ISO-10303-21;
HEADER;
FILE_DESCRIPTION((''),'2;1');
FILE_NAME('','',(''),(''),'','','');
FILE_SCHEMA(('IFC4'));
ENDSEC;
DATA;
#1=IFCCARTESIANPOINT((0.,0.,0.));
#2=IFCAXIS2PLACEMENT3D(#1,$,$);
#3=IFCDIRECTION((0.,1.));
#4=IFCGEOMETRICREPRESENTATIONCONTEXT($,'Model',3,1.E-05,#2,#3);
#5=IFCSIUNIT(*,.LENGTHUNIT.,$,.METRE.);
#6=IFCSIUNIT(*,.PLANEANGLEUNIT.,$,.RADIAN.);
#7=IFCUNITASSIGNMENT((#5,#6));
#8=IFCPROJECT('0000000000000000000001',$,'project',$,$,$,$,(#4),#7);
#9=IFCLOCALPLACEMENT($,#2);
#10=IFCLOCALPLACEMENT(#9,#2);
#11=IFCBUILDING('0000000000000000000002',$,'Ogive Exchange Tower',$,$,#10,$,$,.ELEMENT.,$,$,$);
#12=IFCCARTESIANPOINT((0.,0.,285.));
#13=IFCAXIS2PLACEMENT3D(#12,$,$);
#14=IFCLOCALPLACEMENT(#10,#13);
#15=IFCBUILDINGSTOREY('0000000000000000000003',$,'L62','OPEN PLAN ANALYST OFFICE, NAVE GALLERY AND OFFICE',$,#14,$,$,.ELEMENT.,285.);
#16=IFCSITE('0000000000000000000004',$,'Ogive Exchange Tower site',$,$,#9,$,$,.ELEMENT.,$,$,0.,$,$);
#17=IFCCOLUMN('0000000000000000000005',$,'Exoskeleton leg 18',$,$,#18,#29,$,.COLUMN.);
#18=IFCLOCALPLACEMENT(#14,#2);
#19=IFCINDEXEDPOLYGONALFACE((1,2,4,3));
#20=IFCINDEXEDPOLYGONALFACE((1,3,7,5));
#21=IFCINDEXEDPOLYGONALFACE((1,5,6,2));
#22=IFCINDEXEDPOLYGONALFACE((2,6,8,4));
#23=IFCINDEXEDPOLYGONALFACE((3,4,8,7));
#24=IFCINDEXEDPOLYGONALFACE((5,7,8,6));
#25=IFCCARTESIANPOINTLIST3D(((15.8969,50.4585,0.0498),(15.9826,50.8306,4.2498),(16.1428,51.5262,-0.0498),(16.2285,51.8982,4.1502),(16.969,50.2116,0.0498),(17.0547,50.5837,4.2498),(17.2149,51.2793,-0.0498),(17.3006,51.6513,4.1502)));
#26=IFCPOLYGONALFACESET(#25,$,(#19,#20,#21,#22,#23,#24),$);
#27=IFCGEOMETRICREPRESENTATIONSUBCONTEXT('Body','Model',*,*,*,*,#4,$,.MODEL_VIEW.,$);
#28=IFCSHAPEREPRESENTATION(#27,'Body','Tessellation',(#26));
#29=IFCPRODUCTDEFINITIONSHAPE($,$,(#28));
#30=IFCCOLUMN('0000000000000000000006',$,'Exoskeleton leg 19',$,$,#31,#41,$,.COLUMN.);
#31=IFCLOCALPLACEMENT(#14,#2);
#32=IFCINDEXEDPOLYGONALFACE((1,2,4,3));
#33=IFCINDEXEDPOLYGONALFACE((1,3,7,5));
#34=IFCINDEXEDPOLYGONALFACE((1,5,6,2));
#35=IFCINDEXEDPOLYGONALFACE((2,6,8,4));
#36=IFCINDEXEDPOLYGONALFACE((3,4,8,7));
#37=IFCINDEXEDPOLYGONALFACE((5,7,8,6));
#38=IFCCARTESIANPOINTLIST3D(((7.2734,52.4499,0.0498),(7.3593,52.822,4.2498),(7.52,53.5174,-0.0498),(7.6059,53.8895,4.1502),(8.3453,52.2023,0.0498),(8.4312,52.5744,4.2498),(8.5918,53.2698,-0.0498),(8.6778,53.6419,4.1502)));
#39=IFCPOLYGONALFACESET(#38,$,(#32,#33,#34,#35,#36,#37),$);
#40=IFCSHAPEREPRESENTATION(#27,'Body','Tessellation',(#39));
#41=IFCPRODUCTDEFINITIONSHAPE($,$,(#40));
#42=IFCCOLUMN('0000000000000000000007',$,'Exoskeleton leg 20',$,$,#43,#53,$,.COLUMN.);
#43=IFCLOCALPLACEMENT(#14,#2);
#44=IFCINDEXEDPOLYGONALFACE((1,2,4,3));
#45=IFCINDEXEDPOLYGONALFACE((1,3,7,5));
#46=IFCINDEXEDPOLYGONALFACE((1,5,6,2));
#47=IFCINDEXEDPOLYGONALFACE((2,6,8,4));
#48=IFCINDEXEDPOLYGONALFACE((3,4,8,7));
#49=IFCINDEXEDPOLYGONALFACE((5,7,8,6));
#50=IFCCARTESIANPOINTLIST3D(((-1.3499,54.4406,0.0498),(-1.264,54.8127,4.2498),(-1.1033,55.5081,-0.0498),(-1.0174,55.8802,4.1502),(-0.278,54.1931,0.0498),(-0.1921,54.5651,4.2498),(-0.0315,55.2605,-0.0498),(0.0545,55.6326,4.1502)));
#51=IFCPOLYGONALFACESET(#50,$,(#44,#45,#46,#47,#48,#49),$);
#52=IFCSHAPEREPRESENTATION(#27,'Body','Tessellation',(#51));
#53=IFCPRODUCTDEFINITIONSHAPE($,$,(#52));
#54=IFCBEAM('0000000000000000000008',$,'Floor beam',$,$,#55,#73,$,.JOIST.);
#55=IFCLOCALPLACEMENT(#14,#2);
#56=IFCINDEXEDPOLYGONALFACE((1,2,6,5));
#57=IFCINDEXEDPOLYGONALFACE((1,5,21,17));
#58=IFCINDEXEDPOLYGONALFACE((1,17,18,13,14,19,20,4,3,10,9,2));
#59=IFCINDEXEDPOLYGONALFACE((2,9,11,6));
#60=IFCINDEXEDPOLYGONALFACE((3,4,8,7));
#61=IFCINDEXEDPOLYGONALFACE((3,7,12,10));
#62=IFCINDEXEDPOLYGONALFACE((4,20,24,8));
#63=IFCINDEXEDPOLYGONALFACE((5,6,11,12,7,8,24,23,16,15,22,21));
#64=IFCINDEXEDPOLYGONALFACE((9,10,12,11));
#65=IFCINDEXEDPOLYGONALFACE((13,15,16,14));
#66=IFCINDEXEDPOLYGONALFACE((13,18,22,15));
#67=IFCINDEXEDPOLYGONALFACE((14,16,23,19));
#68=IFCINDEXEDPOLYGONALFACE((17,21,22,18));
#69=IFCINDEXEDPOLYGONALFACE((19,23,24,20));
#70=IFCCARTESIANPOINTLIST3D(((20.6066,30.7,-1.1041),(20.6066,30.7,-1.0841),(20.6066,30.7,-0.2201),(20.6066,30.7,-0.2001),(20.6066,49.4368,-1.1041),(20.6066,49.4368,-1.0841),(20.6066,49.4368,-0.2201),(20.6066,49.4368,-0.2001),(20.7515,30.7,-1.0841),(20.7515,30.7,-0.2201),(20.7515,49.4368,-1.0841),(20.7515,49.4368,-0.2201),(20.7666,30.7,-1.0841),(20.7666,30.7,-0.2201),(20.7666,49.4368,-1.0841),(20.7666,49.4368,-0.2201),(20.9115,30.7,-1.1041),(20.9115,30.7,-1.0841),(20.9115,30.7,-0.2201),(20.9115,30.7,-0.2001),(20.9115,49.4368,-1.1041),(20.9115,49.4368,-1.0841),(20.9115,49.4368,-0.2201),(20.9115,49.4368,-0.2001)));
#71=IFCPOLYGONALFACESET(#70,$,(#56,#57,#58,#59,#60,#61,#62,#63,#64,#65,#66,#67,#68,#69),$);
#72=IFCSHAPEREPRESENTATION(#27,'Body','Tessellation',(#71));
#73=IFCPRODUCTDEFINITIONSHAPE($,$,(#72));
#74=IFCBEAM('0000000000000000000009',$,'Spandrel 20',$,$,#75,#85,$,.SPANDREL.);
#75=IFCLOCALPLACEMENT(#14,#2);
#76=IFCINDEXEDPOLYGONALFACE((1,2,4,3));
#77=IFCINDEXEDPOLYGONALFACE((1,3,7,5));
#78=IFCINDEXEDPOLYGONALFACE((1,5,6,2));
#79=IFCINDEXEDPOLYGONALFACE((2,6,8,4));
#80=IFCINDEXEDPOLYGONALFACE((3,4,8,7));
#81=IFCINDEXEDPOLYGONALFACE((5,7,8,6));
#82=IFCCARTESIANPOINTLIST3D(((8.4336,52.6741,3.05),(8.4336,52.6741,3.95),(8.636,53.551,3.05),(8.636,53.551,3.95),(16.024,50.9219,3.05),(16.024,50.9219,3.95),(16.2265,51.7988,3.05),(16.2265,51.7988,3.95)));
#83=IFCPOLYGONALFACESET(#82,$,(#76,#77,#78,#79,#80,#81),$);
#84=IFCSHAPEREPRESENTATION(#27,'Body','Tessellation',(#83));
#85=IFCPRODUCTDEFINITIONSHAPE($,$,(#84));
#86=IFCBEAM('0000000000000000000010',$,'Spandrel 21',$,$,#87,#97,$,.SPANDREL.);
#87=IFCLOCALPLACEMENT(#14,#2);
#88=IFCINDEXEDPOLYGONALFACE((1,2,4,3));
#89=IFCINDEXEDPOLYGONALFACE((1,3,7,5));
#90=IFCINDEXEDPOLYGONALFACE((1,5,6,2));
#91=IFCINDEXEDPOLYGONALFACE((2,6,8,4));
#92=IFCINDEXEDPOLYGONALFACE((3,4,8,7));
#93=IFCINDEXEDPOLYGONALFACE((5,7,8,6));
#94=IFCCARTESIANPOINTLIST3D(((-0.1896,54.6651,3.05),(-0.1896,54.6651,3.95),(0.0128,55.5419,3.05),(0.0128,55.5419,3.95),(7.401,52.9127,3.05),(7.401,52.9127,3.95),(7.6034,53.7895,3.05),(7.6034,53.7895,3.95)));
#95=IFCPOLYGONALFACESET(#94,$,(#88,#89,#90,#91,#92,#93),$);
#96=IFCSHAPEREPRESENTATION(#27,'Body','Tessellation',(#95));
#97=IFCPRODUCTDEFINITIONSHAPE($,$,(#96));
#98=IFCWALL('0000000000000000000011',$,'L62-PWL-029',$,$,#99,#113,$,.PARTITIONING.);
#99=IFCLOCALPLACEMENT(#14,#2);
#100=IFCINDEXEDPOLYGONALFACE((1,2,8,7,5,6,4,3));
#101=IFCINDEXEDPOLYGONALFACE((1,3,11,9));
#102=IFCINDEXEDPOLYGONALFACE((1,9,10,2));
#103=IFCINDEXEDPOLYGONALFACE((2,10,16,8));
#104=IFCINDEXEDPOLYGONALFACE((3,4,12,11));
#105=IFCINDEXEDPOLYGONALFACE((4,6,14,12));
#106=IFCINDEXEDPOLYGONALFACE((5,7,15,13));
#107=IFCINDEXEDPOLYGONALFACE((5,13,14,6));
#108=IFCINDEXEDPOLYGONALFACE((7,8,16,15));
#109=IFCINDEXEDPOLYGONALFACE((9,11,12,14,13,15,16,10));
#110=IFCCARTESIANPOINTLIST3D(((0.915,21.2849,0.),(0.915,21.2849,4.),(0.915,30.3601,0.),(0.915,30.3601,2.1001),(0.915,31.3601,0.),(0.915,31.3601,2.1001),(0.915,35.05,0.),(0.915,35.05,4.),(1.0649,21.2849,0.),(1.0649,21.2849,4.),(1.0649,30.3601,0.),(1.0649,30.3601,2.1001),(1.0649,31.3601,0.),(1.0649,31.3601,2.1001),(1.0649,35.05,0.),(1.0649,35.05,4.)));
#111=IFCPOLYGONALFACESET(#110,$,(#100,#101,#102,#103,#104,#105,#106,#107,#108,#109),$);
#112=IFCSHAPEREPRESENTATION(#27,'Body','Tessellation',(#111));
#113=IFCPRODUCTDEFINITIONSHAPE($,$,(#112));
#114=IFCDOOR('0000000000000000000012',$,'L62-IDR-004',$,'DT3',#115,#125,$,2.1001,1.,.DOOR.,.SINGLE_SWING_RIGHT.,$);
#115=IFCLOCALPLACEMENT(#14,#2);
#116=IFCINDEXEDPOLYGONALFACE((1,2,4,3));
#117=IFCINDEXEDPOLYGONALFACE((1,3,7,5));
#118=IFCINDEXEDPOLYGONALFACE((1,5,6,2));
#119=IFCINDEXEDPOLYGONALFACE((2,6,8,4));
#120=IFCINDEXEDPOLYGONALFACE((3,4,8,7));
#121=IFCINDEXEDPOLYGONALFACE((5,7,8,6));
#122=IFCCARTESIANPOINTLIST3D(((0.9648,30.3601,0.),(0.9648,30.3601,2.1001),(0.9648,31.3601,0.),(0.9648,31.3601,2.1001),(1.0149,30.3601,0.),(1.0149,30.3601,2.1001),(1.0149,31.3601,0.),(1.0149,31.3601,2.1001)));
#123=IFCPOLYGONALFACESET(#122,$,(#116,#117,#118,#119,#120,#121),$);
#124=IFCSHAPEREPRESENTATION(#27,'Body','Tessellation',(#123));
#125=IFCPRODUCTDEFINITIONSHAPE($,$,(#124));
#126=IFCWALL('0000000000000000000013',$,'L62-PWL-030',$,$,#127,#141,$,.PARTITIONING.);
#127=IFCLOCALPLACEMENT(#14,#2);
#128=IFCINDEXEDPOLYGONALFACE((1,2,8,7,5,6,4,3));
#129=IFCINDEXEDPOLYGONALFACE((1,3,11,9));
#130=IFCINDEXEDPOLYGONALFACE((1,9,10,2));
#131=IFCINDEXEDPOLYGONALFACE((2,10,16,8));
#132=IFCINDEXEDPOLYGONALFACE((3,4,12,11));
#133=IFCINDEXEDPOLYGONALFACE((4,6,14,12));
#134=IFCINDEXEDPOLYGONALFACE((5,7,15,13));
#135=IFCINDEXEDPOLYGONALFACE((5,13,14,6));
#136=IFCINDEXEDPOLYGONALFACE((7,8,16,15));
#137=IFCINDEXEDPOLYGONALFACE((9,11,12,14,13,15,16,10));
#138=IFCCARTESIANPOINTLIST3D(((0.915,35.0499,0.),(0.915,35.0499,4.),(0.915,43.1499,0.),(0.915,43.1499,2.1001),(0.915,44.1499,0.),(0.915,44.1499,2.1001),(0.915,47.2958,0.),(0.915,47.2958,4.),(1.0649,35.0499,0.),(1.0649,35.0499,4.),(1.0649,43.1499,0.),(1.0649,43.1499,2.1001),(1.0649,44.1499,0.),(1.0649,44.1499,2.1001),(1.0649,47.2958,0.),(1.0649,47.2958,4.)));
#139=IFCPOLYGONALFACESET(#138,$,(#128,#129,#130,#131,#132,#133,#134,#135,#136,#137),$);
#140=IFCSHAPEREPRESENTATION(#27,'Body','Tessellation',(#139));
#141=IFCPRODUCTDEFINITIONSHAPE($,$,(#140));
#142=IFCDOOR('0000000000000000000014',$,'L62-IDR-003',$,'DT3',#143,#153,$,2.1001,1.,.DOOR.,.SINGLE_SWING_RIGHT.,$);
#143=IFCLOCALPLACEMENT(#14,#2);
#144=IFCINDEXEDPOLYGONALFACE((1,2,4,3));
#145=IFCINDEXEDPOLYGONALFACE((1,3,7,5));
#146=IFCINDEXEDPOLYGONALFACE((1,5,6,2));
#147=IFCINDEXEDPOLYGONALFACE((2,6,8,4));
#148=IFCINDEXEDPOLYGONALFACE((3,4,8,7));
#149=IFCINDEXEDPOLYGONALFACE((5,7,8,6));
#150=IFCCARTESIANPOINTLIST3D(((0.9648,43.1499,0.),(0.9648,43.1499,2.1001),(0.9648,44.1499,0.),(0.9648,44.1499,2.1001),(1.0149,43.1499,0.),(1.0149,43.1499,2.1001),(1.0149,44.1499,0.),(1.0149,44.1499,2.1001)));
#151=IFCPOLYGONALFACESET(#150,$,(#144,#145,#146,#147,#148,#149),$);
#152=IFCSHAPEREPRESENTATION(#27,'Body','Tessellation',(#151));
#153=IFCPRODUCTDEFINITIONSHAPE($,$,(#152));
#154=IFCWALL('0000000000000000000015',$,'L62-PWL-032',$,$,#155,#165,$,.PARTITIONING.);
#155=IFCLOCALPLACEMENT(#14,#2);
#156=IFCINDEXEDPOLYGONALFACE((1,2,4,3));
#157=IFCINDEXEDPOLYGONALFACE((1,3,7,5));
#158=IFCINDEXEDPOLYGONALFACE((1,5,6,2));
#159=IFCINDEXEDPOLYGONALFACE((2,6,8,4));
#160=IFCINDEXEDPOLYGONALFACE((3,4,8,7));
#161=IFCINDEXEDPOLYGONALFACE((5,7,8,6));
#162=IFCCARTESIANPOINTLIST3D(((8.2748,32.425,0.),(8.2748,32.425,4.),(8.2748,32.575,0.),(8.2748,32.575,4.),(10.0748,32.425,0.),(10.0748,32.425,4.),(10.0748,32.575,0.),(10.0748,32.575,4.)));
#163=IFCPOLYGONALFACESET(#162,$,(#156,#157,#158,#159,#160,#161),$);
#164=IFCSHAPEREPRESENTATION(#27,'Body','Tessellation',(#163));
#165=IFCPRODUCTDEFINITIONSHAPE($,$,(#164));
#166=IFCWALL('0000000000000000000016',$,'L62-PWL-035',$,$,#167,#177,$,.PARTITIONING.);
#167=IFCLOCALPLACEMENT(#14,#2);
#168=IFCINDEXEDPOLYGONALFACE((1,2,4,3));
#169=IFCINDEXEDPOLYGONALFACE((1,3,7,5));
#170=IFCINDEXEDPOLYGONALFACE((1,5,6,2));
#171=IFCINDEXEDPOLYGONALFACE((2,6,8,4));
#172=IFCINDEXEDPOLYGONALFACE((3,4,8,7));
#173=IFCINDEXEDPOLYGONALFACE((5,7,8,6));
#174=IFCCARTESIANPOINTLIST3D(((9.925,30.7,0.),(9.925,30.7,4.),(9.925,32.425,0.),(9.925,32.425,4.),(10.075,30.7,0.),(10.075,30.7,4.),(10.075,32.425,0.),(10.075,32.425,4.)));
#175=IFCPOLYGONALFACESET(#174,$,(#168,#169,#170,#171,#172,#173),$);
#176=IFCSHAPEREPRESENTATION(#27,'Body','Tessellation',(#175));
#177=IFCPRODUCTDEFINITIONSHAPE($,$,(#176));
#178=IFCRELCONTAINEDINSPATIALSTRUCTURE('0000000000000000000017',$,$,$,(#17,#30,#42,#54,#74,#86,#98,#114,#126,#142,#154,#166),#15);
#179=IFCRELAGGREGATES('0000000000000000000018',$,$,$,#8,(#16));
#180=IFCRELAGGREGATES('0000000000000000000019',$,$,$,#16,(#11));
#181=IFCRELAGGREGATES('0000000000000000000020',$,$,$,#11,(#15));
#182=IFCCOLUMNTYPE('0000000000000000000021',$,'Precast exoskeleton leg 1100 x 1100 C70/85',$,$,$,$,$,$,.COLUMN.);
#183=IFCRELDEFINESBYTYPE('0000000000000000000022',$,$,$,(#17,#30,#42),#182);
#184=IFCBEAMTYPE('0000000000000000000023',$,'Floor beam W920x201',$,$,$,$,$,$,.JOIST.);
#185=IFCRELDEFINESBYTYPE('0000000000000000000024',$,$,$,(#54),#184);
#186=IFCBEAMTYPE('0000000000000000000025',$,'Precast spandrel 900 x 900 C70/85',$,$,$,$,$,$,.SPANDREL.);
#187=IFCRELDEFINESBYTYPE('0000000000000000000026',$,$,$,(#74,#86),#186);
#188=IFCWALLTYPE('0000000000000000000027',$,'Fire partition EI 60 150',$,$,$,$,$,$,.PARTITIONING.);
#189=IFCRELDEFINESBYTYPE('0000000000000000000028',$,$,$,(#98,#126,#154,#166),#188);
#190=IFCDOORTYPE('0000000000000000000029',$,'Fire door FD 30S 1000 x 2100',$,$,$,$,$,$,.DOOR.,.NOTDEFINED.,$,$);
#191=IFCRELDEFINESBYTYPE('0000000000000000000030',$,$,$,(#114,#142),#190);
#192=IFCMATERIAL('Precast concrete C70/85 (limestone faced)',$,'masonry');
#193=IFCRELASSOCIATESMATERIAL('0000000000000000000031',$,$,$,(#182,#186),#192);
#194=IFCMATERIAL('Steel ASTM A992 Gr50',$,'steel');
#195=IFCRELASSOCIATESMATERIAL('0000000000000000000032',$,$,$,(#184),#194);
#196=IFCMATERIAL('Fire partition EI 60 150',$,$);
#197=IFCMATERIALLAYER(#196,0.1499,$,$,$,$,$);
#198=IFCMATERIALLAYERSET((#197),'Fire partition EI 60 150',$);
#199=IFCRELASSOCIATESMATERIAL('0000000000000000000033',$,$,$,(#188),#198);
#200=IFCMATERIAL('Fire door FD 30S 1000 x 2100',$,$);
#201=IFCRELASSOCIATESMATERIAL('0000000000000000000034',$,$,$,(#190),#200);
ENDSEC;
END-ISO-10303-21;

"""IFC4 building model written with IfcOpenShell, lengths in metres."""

from ifc_helpers import new_model, si_unit, direction, frame, frame_2d, origin, origin_2d, place, context, subcontext, project, spatial, rectangle, i_section, extrude, material, layer, layer_set, material_profile, profile_set, type_object, element, fill, save


model = new_model("IFC4")

# Units and contexts
model_context = context("Model", 3, precision=1e-05, world=origin(), true_north=direction((0.0, 1.0)))
body_context = subcontext(model_context, "Body", "Model", "MODEL_VIEW")
ifc_project = project(units=[si_unit("LENGTHUNIT", "METRE"), si_unit("PLANEANGLEUNIT", "RADIAN")], contexts=[model_context])

# Site, building, storey
site_placement = place(None, origin())
site = spatial("IfcSite", under=ifc_project, at=site_placement, Name="Ogive Exchange Tower site", CompositionType="ELEMENT", RefElevation=0.0)
building_placement = place(site_placement, origin())
building = spatial("IfcBuilding", under=site, at=building_placement, Name="Ogive Exchange Tower", CompositionType="ELEMENT")
storey_placement = place(building_placement, frame((0.0, 0.0, 285.0)))
storey = spatial("IfcBuildingStorey", under=building, at=storey_placement, Name="L62", Description="OPEN PLAN ANALYST OFFICE, NAVE GALLERY AND OFFICE", CompositionType="ELEMENT", Elevation=285.0)

# Columns
ifc_material_1 = material(Name="Precast concrete C70/85 (limestone faced)", Category="masonry")
ifc_material_profile_1 = material_profile(ifc_material_1, rectangle(XDim=1.1001, YDim=1.1001, at=origin_2d()), Name="1100 x 1100")
ifc_profile_set_1 = profile_set([ifc_material_profile_1], Name="Precast concrete C70/85 (limestone faced)")
column_type = type_object("IfcColumnType", Name="Precast exoskeleton leg 1100 x 1100 C70/85", PredefinedType="COLUMN", material=ifc_profile_set_1)
for number, where, z_axis, x_axis, name in (
    (1, (16.5559, 50.8689, 0.0), (0.02032, 0.088225, 0.995893), (-0.974488, 0.224439, 0.0), "Exoskeleton leg 18"),
    (2, (7.9326, 52.8599, 0.0), (0.020377, 0.088225, 0.995892), (-0.974348, 0.225046, 0.0), "Exoskeleton leg 19"),
    (3, (-0.6907, 54.8506, 0.0), (0.020377, 0.088225, 0.995892), (-0.974348, 0.225046, 0.0), "Exoskeleton leg 20"),
):
    element("IfcColumn", number, at=place(storey_placement, frame(where, z_axis=z_axis, x_axis=x_axis)), inside=storey, type_object=column_type, Name=name, PredefinedType="COLUMN", context=body_context, shape_type="SweptSolid", body=[
        extrude(rectangle(XDim=1.1001, YDim=1.1001, at=origin_2d()), origin(), (0.0, 0.0, 1.0), 4.2173),
    ])

# Beams
ifc_material_2 = material(Name="Steel ASTM A992 Gr50", Category="steel")
ifc_material_profile_2 = material_profile(ifc_material_2, i_section(OverallWidth=0.3049, OverallDepth=0.9041, WebThickness=0.0151, FlangeThickness=0.02, at=origin_2d()), Name="W920x201")
ifc_profile_set_2 = profile_set([ifc_material_profile_2], Name="Steel ASTM A992 Gr50")
beam_type_1 = type_object("IfcBeamType", Name="Floor beam W920x201", PredefinedType="JOIST", material=ifc_profile_set_2)
beam_1_placement = place(storey_placement, frame((20.759, 30.7, -0.6521), z_axis=(0.0, 1.0, 0.0), x_axis=(-1.0, 0.0, 0.0)))
element("IfcBeam", 4, at=beam_1_placement, inside=storey, type_object=beam_type_1, Name="Floor beam", PredefinedType="JOIST", context=body_context, shape_type="SweptSolid", body=[
    extrude(i_section(OverallWidth=0.3049, OverallDepth=0.9041, WebThickness=0.0151, FlangeThickness=0.02, at=origin_2d()), origin(), (0.0, 0.0, 1.0), 18.7368),
])
ifc_material_profile_3 = material_profile(ifc_material_1, rectangle(XDim=0.8999, YDim=0.8999, at=origin_2d()), Name="900 x 900")
ifc_profile_set_3 = profile_set([ifc_material_profile_3], Name="Precast concrete C70/85 (limestone faced)")
beam_type_2 = type_object("IfcBeamType", Name="Precast spandrel 900 x 900 C70/85", PredefinedType="SPANDREL", material=ifc_profile_set_3)
beam_2_placement = place(storey_placement, frame((16.1252, 51.3604, 3.5), z_axis=(-0.974375, 0.22493, 0.0), x_axis=(-0.22493, -0.974375, 0.0)))
element("IfcBeam", 5, at=beam_2_placement, inside=storey, type_object=beam_type_2, Name="Spandrel 20", PredefinedType="SPANDREL", context=body_context, shape_type="SweptSolid", body=[
    extrude(rectangle(XDim=0.8999, YDim=0.8999, at=origin_2d()), origin(), (0.0, 0.0, 1.0), 7.79),
])
beam_3_placement = place(storey_placement, frame((7.5022, 53.3511, 3.5), z_axis=(-0.97437, 0.224953, 0.0), x_axis=(-0.224953, -0.97437, 0.0)))
element("IfcBeam", 6, at=beam_3_placement, inside=storey, type_object=beam_type_2, Name="Spandrel 21", PredefinedType="SPANDREL", context=body_context, shape_type="SweptSolid", body=[
    extrude(rectangle(XDim=0.8999, YDim=0.8999, at=origin_2d()), origin(), (0.0, 0.0, 1.0), 7.7903),
])

# Walls, openings, doors
ifc_material_3 = material(Name="Fire partition EI 60 150")
ifc_layer_1 = layer(ifc_material_3, 0.1499)
ifc_layer_set_1 = layer_set([ifc_layer_1], Name="Fire partition EI 60 150")
wall_type_1 = type_object("IfcWallType", Name="Fire partition EI 60 150", PredefinedType="PARTITIONING", material=ifc_layer_set_1)
wall_1_placement = place(storey_placement, frame((0.99, 35.05, 0.0), z_axis=(0.0, 0.0, 1.0), x_axis=(0.0, -1.0, 0.0)))
wall_1 = element("IfcWall", 7, at=wall_1_placement, inside=storey, type_object=wall_type_1, Name="L62-PWL-029", PredefinedType="PARTITIONING", context=body_context, shape_type="SweptSolid", body=[
    extrude(rectangle(XDim=13.7651, YDim=0.1499, at=frame_2d((6.8826, 0.0))), origin(), (0.0, 0.0, 1.0), 4.0),
])
opening_1_placement = place(wall_1_placement, frame((3.6899, 0.0, 0.0)))
opening_1 = element("IfcOpeningElement", 8, at=opening_1_placement, cuts=wall_1, PredefinedType="OPENING", context=body_context, shape_type="SweptSolid", body=[
    extrude(rectangle(XDim=1.0, YDim=2.1001, at=frame_2d((0.5, 1.05))), frame((0.0, 0.085, 0.0), z_axis=(0.0, -1.0, 0.0), x_axis=(1.0, 0.0, 0.0)), (0.0, 0.0, 1.0), 0.1699),
])
ifc_material_4 = material(Name="Fire door FD 30S 1000 x 2100")
door_type_1 = type_object("IfcDoorType", Name="Fire door FD 30S 1000 x 2100", OperationType="NOTDEFINED", PredefinedType="DOOR", material=ifc_material_4)
door_1_placement = place(opening_1_placement, origin())
door_1 = element("IfcDoor", 9, at=door_1_placement, inside=storey, type_object=door_type_1, Name="L62-IDR-004", ObjectType="DT3", OperationType="SINGLE_SWING_RIGHT", OverallHeight=2.1001, OverallWidth=1.0, PredefinedType="DOOR", context=body_context, shape_type="SweptSolid", body=[
    extrude(rectangle(XDim=1.0, YDim=2.1001, at=frame_2d((0.5, 1.05))), frame((0.0, 0.0249, 0.0), z_axis=(0.0, -1.0, 0.0), x_axis=(1.0, 0.0, 0.0)), (0.0, 0.0, 1.0), 0.05),
])
fill(opening_1, door_1)
wall_2_placement = place(storey_placement, frame((0.99, 47.2959, 0.0), z_axis=(0.0, 0.0, 1.0), x_axis=(0.0, -1.0, 0.0)))
wall_2 = element("IfcWall", 10, at=wall_2_placement, inside=storey, type_object=wall_type_1, Name="L62-PWL-030", PredefinedType="PARTITIONING", context=body_context, shape_type="SweptSolid", body=[
    extrude(rectangle(XDim=12.2458, YDim=0.1499, at=frame_2d((6.123, 0.0))), origin(), (0.0, 0.0, 1.0), 4.0),
])
opening_2_placement = place(wall_2_placement, frame((3.146, 0.0, 0.0)))
opening_2 = element("IfcOpeningElement", 11, at=opening_2_placement, cuts=wall_2, PredefinedType="OPENING", context=body_context, shape_type="SweptSolid", body=[
    extrude(rectangle(XDim=1.0, YDim=2.1001, at=frame_2d((0.5, 1.05))), frame((0.0, 0.085, 0.0), z_axis=(0.0, -1.0, 0.0), x_axis=(1.0, 0.0, 0.0)), (0.0, 0.0, 1.0), 0.1699),
])
door_2_placement = place(opening_2_placement, origin())
door_2 = element("IfcDoor", 12, at=door_2_placement, inside=storey, type_object=door_type_1, Name="L62-IDR-003", ObjectType="DT3", OperationType="SINGLE_SWING_RIGHT", OverallHeight=2.1001, OverallWidth=1.0, PredefinedType="DOOR", context=body_context, shape_type="SweptSolid", body=[
    extrude(rectangle(XDim=1.0, YDim=2.1001, at=frame_2d((0.5, 1.05))), frame((0.0, 0.0249, 0.0), z_axis=(0.0, -1.0, 0.0), x_axis=(1.0, 0.0, 0.0)), (0.0, 0.0, 1.0), 0.05),
])
fill(opening_2, door_2)

# Walls
wall_3_placement = place(storey_placement, frame((8.2749, 32.5, 0.0), z_axis=(0.0, 0.0, 1.0), x_axis=(1.0, 0.0, 0.0)))
element("IfcWall", 13, at=wall_3_placement, inside=storey, type_object=wall_type_1, Name="L62-PWL-032", PredefinedType="PARTITIONING", context=body_context, shape_type="SweptSolid", body=[
    extrude(rectangle(XDim=1.8, YDim=0.1499, at=frame_2d((0.8999, 0.0))), origin(), (0.0, 0.0, 1.0), 4.0),
])
wall_4_placement = place(storey_placement, frame((10.0, 32.425, 0.0), z_axis=(0.0, 0.0, 1.0), x_axis=(0.0, -1.0, 0.0)))
element("IfcWall", 14, at=wall_4_placement, inside=storey, type_object=wall_type_1, Name="L62-PWL-035", PredefinedType="PARTITIONING", context=body_context, shape_type="SweptSolid", body=[
    extrude(rectangle(XDim=1.7251, YDim=0.1499, at=frame_2d((0.8625, 0.0))), origin(), (0.0, 0.0, 1.0), 4.0),
])

save(model, "model.ifc")
